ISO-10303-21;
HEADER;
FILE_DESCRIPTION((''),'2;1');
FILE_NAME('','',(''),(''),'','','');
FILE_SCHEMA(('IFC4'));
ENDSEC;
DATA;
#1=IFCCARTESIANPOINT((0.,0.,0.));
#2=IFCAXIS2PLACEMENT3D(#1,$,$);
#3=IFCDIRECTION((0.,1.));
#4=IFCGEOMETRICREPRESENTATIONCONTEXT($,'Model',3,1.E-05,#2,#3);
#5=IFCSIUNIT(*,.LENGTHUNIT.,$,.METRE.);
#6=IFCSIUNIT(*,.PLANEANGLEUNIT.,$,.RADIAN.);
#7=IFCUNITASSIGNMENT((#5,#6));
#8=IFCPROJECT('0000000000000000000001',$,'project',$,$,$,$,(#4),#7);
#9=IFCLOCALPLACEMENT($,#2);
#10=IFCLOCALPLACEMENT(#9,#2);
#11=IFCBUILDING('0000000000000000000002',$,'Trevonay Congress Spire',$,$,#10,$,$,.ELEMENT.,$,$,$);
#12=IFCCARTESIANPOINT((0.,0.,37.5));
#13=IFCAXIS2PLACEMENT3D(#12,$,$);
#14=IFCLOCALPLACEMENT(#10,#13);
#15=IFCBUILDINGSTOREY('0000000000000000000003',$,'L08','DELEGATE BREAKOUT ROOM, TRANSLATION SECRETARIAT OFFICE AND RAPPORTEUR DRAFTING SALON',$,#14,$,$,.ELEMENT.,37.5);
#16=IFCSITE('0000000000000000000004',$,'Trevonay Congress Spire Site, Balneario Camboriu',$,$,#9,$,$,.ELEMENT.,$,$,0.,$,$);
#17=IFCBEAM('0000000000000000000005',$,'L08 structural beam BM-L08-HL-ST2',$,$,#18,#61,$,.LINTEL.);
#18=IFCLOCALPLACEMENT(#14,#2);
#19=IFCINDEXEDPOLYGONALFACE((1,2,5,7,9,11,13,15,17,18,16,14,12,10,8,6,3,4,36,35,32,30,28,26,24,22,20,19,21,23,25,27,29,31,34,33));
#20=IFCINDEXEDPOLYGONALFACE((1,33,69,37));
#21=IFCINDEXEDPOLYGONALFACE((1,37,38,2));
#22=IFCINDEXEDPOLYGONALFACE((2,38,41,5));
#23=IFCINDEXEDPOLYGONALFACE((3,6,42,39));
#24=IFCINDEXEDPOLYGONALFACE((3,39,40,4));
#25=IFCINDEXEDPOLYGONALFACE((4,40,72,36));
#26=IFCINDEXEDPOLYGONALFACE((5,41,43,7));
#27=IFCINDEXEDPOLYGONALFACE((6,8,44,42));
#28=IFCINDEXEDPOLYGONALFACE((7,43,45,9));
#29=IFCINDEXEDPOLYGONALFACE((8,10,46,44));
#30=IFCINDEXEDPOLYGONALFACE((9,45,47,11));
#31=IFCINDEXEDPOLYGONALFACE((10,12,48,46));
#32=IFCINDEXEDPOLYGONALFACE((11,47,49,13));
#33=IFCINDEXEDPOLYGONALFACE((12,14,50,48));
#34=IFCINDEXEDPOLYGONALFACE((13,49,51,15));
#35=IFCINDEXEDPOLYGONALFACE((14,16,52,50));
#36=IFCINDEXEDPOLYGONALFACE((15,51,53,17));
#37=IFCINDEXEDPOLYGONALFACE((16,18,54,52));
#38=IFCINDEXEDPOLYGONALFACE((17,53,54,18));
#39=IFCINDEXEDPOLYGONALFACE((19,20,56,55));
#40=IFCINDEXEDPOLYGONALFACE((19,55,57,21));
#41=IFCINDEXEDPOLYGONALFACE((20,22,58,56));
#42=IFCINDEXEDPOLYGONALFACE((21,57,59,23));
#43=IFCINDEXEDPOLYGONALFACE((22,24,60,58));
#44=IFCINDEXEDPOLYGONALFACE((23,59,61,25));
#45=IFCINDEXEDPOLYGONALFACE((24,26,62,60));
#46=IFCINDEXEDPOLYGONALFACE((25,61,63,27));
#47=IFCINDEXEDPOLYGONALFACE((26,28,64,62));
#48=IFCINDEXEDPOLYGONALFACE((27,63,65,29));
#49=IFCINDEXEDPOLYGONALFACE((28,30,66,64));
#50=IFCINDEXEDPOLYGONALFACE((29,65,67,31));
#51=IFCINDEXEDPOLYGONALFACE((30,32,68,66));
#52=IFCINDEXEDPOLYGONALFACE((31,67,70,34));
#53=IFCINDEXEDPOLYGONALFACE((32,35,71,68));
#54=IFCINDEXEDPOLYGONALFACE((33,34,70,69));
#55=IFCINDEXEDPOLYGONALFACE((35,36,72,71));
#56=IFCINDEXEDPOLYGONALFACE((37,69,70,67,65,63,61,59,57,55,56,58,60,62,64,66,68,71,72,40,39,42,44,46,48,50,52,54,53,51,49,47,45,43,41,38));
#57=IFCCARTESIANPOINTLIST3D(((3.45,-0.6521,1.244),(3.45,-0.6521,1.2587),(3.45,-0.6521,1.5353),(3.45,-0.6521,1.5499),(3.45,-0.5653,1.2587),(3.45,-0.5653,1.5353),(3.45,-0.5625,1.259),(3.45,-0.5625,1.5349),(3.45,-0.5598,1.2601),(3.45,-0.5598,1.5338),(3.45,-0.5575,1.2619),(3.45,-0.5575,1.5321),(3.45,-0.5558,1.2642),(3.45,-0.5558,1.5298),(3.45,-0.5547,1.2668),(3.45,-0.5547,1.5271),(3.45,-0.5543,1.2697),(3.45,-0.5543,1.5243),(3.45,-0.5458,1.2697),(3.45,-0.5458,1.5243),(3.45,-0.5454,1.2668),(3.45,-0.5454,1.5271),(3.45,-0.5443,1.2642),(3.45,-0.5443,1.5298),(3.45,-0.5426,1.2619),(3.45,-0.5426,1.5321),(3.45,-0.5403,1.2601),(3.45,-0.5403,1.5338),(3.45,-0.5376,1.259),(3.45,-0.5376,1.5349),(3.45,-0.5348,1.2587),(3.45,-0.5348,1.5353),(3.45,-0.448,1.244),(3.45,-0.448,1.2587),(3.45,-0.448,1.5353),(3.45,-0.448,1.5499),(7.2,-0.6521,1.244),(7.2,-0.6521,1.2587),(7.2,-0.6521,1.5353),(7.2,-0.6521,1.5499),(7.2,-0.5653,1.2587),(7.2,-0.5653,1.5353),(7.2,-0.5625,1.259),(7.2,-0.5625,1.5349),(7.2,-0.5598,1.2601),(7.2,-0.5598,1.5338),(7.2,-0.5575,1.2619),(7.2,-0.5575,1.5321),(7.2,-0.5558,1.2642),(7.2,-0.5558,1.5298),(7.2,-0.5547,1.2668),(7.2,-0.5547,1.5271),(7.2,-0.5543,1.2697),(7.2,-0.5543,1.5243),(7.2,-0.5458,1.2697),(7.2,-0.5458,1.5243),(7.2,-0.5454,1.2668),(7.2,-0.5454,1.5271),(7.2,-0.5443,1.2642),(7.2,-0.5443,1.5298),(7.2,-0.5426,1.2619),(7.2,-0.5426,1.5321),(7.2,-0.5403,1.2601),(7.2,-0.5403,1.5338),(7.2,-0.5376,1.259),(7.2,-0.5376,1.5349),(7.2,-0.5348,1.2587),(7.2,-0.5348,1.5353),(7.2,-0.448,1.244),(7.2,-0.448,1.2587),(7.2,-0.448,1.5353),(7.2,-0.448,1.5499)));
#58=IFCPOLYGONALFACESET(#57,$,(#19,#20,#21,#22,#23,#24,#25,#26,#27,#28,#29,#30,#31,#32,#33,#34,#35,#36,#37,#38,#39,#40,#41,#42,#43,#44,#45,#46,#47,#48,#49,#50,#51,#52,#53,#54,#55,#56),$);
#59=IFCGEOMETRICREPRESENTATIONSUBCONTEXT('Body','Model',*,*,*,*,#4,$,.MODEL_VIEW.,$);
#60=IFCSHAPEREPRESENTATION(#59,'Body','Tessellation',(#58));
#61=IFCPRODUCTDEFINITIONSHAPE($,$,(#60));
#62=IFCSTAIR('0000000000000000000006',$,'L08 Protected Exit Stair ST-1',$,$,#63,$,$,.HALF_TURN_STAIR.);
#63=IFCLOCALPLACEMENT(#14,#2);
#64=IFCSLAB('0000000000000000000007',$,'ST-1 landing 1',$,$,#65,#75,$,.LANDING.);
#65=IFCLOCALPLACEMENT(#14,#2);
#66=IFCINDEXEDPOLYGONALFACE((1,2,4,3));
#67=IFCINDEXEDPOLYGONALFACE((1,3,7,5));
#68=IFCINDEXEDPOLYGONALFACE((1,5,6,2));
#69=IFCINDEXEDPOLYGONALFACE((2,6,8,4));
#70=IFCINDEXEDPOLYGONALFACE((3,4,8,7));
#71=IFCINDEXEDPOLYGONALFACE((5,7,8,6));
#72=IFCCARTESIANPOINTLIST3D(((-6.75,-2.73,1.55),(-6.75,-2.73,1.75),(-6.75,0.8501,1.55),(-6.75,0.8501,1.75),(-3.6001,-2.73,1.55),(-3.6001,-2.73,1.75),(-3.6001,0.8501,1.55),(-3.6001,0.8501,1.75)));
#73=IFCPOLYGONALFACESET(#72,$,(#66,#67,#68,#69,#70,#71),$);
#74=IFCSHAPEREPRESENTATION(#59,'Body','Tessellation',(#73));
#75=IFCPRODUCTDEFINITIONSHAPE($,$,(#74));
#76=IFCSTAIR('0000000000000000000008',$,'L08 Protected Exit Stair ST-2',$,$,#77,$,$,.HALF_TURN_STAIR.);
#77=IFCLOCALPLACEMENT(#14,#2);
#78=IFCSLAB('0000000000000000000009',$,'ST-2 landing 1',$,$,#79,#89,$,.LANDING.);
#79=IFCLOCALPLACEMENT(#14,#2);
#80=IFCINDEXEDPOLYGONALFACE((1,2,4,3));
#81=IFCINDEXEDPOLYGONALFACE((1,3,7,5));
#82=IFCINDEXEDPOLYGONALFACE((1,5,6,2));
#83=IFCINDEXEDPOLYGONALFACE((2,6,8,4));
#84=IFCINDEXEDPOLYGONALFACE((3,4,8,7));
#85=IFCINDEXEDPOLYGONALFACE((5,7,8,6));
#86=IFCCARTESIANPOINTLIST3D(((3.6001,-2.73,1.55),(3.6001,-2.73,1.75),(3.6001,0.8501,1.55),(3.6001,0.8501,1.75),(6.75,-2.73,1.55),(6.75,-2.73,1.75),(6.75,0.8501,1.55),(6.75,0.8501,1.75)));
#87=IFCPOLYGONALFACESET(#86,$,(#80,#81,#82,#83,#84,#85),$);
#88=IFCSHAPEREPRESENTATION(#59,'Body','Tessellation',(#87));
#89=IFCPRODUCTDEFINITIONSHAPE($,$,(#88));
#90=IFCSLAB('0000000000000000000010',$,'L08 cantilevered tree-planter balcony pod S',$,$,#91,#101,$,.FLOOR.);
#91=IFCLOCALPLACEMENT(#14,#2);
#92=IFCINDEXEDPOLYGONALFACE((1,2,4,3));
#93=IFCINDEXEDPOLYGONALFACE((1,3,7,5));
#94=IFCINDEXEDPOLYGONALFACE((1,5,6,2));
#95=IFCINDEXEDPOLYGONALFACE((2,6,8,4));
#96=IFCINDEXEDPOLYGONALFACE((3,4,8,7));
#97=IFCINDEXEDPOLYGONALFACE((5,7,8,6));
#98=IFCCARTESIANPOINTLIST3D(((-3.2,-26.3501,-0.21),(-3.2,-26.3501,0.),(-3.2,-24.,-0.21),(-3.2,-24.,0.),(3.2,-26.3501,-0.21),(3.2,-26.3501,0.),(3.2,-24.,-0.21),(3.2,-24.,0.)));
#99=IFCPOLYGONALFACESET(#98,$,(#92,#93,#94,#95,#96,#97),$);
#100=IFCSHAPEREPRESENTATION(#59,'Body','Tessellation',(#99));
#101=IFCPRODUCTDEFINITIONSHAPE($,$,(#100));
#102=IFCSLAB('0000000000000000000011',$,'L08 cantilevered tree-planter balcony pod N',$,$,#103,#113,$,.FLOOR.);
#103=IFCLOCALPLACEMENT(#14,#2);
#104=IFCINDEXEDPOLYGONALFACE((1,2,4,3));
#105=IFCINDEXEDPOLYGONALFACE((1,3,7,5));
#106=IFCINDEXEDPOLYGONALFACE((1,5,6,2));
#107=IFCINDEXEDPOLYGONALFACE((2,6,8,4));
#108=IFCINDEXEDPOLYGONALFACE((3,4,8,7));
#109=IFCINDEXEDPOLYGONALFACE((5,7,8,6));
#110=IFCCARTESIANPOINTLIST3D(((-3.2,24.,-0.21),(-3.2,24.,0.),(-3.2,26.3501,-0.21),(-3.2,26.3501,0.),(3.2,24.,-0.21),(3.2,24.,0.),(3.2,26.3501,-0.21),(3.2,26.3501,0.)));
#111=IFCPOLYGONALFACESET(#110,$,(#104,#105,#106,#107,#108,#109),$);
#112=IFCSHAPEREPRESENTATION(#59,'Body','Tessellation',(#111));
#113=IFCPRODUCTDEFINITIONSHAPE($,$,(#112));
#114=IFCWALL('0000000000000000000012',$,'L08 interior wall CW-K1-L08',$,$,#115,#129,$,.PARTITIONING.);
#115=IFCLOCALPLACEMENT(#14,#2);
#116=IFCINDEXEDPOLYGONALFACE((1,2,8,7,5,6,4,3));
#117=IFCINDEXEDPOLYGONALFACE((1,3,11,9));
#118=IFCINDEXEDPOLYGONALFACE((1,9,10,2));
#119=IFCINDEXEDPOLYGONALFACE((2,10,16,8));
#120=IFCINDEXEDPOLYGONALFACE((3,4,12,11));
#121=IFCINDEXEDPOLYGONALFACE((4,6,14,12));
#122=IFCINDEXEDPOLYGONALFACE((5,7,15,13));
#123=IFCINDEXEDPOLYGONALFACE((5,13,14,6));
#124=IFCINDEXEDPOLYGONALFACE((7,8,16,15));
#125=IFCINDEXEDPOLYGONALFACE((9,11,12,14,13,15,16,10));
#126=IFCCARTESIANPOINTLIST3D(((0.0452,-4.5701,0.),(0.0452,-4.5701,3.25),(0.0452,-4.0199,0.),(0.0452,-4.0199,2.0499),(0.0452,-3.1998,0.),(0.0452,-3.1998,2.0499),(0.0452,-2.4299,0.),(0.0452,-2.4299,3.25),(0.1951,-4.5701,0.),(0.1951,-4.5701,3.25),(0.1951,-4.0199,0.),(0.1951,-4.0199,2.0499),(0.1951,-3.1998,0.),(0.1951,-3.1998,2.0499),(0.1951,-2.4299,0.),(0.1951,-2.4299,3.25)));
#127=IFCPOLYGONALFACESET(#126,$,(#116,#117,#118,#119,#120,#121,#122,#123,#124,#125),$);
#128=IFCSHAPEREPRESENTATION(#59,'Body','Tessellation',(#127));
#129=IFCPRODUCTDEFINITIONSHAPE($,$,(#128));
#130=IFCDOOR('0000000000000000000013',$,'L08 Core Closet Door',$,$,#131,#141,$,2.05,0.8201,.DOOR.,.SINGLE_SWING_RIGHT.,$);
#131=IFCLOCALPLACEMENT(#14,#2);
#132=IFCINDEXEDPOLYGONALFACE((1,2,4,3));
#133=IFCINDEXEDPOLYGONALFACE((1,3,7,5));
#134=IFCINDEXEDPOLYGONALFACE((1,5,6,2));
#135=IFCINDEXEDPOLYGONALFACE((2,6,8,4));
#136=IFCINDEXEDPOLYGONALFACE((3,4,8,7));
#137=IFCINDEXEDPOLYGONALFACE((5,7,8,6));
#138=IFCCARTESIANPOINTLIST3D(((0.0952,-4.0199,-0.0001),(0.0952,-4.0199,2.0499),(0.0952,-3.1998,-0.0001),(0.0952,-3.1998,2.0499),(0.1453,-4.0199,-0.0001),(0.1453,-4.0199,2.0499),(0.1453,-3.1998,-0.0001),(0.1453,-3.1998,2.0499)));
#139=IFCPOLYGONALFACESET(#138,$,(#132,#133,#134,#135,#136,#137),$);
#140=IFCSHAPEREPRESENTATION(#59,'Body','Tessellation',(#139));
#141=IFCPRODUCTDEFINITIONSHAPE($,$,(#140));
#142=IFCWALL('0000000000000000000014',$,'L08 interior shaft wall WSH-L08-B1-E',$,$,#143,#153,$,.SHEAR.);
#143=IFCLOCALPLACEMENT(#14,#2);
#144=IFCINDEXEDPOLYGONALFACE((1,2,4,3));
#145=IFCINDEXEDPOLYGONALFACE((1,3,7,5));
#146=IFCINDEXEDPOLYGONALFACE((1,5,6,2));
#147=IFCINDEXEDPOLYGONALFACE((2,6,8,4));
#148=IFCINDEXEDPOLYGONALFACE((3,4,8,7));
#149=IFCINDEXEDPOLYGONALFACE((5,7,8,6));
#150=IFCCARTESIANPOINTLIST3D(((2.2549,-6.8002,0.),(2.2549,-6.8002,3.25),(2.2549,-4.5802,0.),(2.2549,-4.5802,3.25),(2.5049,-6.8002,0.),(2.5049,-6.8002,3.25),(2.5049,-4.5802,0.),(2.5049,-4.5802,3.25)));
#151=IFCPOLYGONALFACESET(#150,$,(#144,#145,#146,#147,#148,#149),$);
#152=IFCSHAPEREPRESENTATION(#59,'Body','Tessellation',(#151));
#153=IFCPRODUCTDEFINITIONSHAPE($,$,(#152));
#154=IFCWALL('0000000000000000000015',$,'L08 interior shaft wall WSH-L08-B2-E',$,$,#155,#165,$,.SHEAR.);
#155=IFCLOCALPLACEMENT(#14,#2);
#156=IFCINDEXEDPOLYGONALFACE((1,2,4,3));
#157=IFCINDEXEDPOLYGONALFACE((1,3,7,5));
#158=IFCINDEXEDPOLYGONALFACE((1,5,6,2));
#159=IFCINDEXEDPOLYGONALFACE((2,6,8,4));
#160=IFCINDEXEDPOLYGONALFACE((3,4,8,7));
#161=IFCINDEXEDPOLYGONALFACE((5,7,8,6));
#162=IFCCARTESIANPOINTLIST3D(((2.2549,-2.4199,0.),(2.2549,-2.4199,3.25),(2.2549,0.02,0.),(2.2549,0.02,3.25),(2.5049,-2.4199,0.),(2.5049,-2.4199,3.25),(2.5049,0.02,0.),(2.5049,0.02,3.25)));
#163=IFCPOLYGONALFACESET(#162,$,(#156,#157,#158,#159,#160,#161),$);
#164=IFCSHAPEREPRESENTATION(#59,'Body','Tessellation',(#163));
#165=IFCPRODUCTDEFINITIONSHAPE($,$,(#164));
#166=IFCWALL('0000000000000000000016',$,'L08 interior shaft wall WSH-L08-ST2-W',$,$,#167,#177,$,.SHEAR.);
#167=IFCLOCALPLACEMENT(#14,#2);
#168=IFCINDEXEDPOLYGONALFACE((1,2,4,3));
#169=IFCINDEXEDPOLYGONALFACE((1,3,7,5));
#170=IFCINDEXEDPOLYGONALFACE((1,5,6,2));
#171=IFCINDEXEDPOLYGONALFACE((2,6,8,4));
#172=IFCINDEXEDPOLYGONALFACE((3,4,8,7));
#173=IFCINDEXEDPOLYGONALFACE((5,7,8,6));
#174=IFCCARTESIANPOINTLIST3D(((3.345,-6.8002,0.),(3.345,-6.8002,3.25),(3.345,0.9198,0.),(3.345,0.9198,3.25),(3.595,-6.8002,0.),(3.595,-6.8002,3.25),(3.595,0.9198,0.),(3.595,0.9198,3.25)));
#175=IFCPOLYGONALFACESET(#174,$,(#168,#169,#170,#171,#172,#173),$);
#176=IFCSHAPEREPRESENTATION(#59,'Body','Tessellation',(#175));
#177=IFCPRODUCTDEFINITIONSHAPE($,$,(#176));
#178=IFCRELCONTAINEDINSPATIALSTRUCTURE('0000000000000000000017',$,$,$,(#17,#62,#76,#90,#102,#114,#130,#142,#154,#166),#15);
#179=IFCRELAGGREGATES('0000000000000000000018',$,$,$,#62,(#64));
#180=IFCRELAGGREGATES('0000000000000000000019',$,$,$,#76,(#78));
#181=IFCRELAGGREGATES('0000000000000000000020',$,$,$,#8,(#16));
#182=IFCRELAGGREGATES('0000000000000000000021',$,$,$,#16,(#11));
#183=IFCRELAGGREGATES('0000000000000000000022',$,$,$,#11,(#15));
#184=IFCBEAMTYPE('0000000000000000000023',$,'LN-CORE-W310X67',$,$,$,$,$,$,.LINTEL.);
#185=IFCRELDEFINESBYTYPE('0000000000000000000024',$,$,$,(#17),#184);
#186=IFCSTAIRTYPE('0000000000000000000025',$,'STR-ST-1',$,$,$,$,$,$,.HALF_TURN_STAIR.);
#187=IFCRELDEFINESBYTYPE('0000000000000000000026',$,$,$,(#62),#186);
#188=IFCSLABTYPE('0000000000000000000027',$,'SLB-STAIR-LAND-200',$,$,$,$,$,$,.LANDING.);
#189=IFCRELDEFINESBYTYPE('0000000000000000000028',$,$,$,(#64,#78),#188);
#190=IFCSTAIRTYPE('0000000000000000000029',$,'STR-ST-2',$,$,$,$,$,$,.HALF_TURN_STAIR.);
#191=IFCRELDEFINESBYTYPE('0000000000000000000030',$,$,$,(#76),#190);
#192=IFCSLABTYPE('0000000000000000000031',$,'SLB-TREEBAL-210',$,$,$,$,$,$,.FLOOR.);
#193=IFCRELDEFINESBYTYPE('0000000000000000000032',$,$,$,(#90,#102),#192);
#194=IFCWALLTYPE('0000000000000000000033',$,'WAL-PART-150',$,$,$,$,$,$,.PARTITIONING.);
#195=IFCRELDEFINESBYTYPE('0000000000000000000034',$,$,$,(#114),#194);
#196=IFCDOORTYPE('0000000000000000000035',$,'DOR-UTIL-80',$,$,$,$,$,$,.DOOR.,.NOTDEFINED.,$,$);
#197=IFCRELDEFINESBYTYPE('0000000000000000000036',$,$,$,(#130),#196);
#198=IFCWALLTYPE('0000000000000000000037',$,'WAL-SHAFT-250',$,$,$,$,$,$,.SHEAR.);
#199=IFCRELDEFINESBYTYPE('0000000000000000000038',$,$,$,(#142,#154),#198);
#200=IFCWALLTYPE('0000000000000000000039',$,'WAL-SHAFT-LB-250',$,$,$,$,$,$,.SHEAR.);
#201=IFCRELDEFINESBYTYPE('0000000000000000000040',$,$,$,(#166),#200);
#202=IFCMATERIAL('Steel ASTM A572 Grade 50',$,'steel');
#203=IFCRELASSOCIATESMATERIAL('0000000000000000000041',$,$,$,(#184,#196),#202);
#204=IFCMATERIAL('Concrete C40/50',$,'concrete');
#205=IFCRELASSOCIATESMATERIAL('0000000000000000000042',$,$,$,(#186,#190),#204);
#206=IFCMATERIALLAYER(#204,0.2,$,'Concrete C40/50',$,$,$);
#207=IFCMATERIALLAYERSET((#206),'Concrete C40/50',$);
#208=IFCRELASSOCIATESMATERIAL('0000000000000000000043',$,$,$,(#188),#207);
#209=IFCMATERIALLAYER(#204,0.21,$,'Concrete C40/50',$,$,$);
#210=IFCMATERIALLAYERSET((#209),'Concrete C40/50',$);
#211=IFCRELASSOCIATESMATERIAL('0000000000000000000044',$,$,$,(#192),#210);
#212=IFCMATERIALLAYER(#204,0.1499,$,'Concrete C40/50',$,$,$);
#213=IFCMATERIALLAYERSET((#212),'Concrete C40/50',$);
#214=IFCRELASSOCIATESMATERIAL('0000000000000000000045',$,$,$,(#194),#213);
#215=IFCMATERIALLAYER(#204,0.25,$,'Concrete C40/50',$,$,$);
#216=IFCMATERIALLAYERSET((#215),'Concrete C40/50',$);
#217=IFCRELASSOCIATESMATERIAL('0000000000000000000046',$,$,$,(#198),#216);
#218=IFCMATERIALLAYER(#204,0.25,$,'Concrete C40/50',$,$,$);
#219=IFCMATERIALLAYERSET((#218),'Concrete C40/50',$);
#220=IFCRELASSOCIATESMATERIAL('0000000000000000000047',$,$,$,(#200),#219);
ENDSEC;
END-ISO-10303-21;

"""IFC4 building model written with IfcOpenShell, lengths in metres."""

from ifc_helpers import new_model, si_unit, direction, frame, frame_2d, origin, origin_2d, place, context, subcontext, project, spatial, polyline, rectangle, i_section, outline, extrude, material, layer, layer_set, material_profile, profile_set, type_object, element, fill, aggregate, save


model = new_model("IFC4")

# Units and contexts
model_context = context("Model", 3, precision=1e-05, world=origin(), true_north=direction((0.0, 1.0)))
body_context = subcontext(model_context, "Body", "Model", "MODEL_VIEW")
ifc_project = project(units=[si_unit("LENGTHUNIT", "METRE"), si_unit("PLANEANGLEUNIT", "RADIAN")], contexts=[model_context])

# Site, building, storey
site_placement = place(None, origin())
site = spatial("IfcSite", under=ifc_project, at=site_placement, Name="Trevonay Congress Spire Site, Balneario Camboriu", CompositionType="ELEMENT", RefElevation=0.0)
building_placement = place(site_placement, origin())
building = spatial("IfcBuilding", under=site, at=building_placement, Name="Trevonay Congress Spire", CompositionType="ELEMENT")
storey_placement = place(building_placement, frame((0.0, 0.0, 37.5)))
storey = spatial("IfcBuildingStorey", under=building, at=storey_placement, Name="L08", Description="DELEGATE BREAKOUT ROOM, TRANSLATION SECRETARIAT OFFICE AND RAPPORTEUR DRAFTING SALON", CompositionType="ELEMENT", Elevation=37.5)

# Shared definitions
ifc_material_1 = material(Name="Steel ASTM A572 Grade 50", Category="steel")

# Beam
ifc_material_profile_1 = material_profile(ifc_material_1, i_section(OverallWidth=0.2041, OverallDepth=0.3059, WebThickness=0.0085, FlangeThickness=0.0146, FilletRadius=0.011, at=origin_2d()), Name="W310x67")
ifc_profile_set_1 = profile_set([ifc_material_profile_1], Name="Steel ASTM A572 Grade 50")
beam_type_1 = type_object("IfcBeamType", Name="LN-CORE-W310X67", PredefinedType="LINTEL", material=ifc_profile_set_1)
beam_1_placement = place(storey_placement, frame((3.45, -0.55, 1.397), z_axis=(1.0, 0.0, 0.0), x_axis=(0.0, 1.0, 0.0)))
element("IfcBeam", 1, at=beam_1_placement, inside=storey, type_object=beam_type_1, Name="L08 structural beam BM-L08-HL-ST2", PredefinedType="LINTEL", context=body_context, shape_type="SweptSolid", body=[
    extrude(i_section(OverallWidth=0.2041, OverallDepth=0.3059, WebThickness=0.0085, FlangeThickness=0.0146, FilletRadius=0.011, at=origin_2d()), origin(), (0.0, 0.0, 1.0), 3.75),
])

# Stairs, slabs
ifc_material_2 = material(Name="Concrete C40/50", Category="concrete")
stair_type_1 = type_object("IfcStairType", Name="STR-ST-1", PredefinedType="HALF_TURN_STAIR", material=ifc_material_2)
stair_1_placement = place(storey_placement, origin())
stair_1 = element("IfcStair", 2, at=stair_1_placement, inside=storey, type_object=stair_type_1, Name="L08 Protected Exit Stair ST-1", PredefinedType="HALF_TURN_STAIR")
ifc_layer_1 = layer(ifc_material_2, 0.2, Name="Concrete C40/50")
ifc_layer_set_1 = layer_set([ifc_layer_1], Name="Concrete C40/50")
slab_type_1 = type_object("IfcSlabType", Name="SLB-STAIR-LAND-200", PredefinedType="LANDING", material=ifc_layer_set_1)
slab_1_placement = place(storey_placement, frame((0.0, 0.0, 1.55)))
slab_1 = element("IfcSlab", 3, at=slab_1_placement, type_object=slab_type_1, Name="ST-1 landing 1", PredefinedType="LANDING", context=body_context, shape_type="SweptSolid", body=[
    extrude(outline(polyline([(-3.6001, -2.73), (-3.6001, 0.8501), (-6.75, 0.8501), (-6.75, -2.73), (-3.6001, -2.73)])), origin(), (0.0, 0.0, 1.0), 0.2),
])
aggregate(stair_1, [slab_1])
stair_type_2 = type_object("IfcStairType", Name="STR-ST-2", PredefinedType="HALF_TURN_STAIR", material=ifc_material_2)
stair_2_placement = place(storey_placement, origin())
stair_2 = element("IfcStair", 4, at=stair_2_placement, inside=storey, type_object=stair_type_2, Name="L08 Protected Exit Stair ST-2", PredefinedType="HALF_TURN_STAIR")
slab_2_placement = place(storey_placement, frame((0.0, 0.0, 1.55)))
slab_2 = element("IfcSlab", 5, at=slab_2_placement, type_object=slab_type_1, Name="ST-2 landing 1", PredefinedType="LANDING", context=body_context, shape_type="SweptSolid", body=[
    extrude(outline(polyline([(6.75, -2.73), (6.75, 0.8501), (3.6001, 0.8501), (3.6001, -2.73), (6.75, -2.73)])), origin(), (0.0, 0.0, 1.0), 0.2),
])

# Slabs
ifc_layer_2 = layer(ifc_material_2, 0.21, Name="Concrete C40/50")
ifc_layer_set_2 = layer_set([ifc_layer_2], Name="Concrete C40/50")
slab_type_2 = type_object("IfcSlabType", Name="SLB-TREEBAL-210", PredefinedType="FLOOR", material=ifc_layer_set_2)
slab_3_placement = place(storey_placement, frame((0.0, 0.0, -0.21)))
element("IfcSlab", 6, at=slab_3_placement, inside=storey, type_object=slab_type_2, Name="L08 cantilevered tree-planter balcony pod S", PredefinedType="FLOOR", context=body_context, shape_type="SweptSolid", body=[
    extrude(outline(polyline([(-3.2, -26.3501), (3.2, -26.3501), (3.2, -24.0), (-3.2, -24.0), (-3.2, -26.3501)])), origin(), (0.0, 0.0, 1.0), 0.21),
])
slab_4_placement = place(storey_placement, frame((0.0, 0.0, -0.21)))
element("IfcSlab", 7, at=slab_4_placement, inside=storey, type_object=slab_type_2, Name="L08 cantilevered tree-planter balcony pod N", PredefinedType="FLOOR", context=body_context, shape_type="SweptSolid", body=[
    extrude(outline(polyline([(-3.2, 24.0), (3.2, 24.0), (3.2, 26.3501), (-3.2, 26.3501), (-3.2, 24.0)])), origin(), (0.0, 0.0, 1.0), 0.21),
])

# Wall, opening, door
ifc_layer_3 = layer(ifc_material_2, 0.1499, Name="Concrete C40/50")
ifc_layer_set_3 = layer_set([ifc_layer_3], Name="Concrete C40/50")
wall_type_1 = type_object("IfcWallType", Name="WAL-PART-150", PredefinedType="PARTITIONING", material=ifc_layer_set_3)
wall_1_placement = place(storey_placement, frame((0.1201, -4.5701, 0.0), z_axis=(0.0, 0.0, 1.0), x_axis=(0.0, 1.0, 0.0)))
wall_1 = element("IfcWall", 8, at=wall_1_placement, inside=storey, type_object=wall_type_1, Name="L08 interior wall CW-K1-L08", PredefinedType="PARTITIONING", context=body_context, shape_type="SweptSolid", body=[
    extrude(rectangle(XDim=2.1401, YDim=0.1499, at=frame_2d((1.0701, 0.0))), origin(), (0.0, 0.0, 1.0), 3.25),
])
opening_placement = place(wall_1_placement, frame((0.55, 0.0, 0.0)))
opening = element("IfcOpeningElement", 9, at=opening_placement, cuts=wall_1, PredefinedType="OPENING", context=body_context, shape_type="SweptSolid", body=[
    extrude(rectangle(XDim=0.8201, YDim=2.05, at=frame_2d((0.4102, 1.0249))), frame((0.0, 0.085, 0.0), z_axis=(0.0, -1.0, 0.0), x_axis=(1.0, 0.0, 0.0)), (0.0, 0.0, 1.0), 0.1699),
])
door_type = type_object("IfcDoorType", Name="DOR-UTIL-80", OperationType="NOTDEFINED", PredefinedType="DOOR", material=ifc_material_1)
door_placement = place(opening_placement, origin())
door = element("IfcDoor", 10, at=door_placement, inside=storey, type_object=door_type, Name="L08 Core Closet Door", OperationType="SINGLE_SWING_RIGHT", OverallHeight=2.05, OverallWidth=0.8201, PredefinedType="DOOR", context=body_context, shape_type="SweptSolid", body=[
    extrude(rectangle(XDim=0.8201, YDim=2.05, at=frame_2d((0.4102, 1.0249))), frame((0.0, 0.0249, 0.0), z_axis=(0.0, -1.0, 0.0), x_axis=(1.0, 0.0, 0.0)), (0.0, 0.0, 1.0), 0.05),
])
fill(opening, door)

# Walls
ifc_layer_4 = layer(ifc_material_2, 0.25, Name="Concrete C40/50")
ifc_layer_set_4 = layer_set([ifc_layer_4], Name="Concrete C40/50")
wall_type_2 = type_object("IfcWallType", Name="WAL-SHAFT-250", PredefinedType="SHEAR", material=ifc_layer_set_4)
wall_2_placement = place(storey_placement, frame((2.3799, -6.8, 0.0), z_axis=(0.0, 0.0, 1.0), x_axis=(0.0, 1.0, 0.0)))
element("IfcWall", 11, at=wall_2_placement, inside=storey, type_object=wall_type_2, Name="L08 interior shaft wall WSH-L08-B1-E", PredefinedType="SHEAR", context=body_context, shape_type="SweptSolid", body=[
    extrude(rectangle(XDim=2.22, YDim=0.25, at=frame_2d((1.1099, 0.0))), origin(), (0.0, 0.0, 1.0), 3.25),
])
wall_3_placement = place(storey_placement, frame((2.3799, -2.4199, 0.0), z_axis=(0.0, 0.0, 1.0), x_axis=(0.0, 1.0, 0.0)))
element("IfcWall", 12, at=wall_3_placement, inside=storey, type_object=wall_type_2, Name="L08 interior shaft wall WSH-L08-B2-E", PredefinedType="SHEAR", context=body_context, shape_type="SweptSolid", body=[
    extrude(rectangle(XDim=2.4399, YDim=0.25, at=frame_2d((1.22, 0.0))), origin(), (0.0, 0.0, 1.0), 3.25),
])
ifc_layer_5 = layer(ifc_material_2, 0.25, Name="Concrete C40/50")
ifc_layer_set_5 = layer_set([ifc_layer_5], Name="Concrete C40/50")
wall_type_3 = type_object("IfcWallType", Name="WAL-SHAFT-LB-250", PredefinedType="SHEAR", material=ifc_layer_set_5)
wall_4_placement = place(storey_placement, frame((3.47, -6.8, 0.0), z_axis=(0.0, 0.0, 1.0), x_axis=(0.0, 1.0, 0.0)))
element("IfcWall", 13, at=wall_4_placement, inside=storey, type_object=wall_type_3, Name="L08 interior shaft wall WSH-L08-ST2-W", PredefinedType="SHEAR", context=body_context, shape_type="SweptSolid", body=[
    extrude(rectangle(XDim=7.72, YDim=0.25, at=frame_2d((3.8599, 0.0))), origin(), (0.0, 0.0, 1.0), 3.25),
])

aggregate(stair_2, [slab_2])

save(model, "model.ifc")
